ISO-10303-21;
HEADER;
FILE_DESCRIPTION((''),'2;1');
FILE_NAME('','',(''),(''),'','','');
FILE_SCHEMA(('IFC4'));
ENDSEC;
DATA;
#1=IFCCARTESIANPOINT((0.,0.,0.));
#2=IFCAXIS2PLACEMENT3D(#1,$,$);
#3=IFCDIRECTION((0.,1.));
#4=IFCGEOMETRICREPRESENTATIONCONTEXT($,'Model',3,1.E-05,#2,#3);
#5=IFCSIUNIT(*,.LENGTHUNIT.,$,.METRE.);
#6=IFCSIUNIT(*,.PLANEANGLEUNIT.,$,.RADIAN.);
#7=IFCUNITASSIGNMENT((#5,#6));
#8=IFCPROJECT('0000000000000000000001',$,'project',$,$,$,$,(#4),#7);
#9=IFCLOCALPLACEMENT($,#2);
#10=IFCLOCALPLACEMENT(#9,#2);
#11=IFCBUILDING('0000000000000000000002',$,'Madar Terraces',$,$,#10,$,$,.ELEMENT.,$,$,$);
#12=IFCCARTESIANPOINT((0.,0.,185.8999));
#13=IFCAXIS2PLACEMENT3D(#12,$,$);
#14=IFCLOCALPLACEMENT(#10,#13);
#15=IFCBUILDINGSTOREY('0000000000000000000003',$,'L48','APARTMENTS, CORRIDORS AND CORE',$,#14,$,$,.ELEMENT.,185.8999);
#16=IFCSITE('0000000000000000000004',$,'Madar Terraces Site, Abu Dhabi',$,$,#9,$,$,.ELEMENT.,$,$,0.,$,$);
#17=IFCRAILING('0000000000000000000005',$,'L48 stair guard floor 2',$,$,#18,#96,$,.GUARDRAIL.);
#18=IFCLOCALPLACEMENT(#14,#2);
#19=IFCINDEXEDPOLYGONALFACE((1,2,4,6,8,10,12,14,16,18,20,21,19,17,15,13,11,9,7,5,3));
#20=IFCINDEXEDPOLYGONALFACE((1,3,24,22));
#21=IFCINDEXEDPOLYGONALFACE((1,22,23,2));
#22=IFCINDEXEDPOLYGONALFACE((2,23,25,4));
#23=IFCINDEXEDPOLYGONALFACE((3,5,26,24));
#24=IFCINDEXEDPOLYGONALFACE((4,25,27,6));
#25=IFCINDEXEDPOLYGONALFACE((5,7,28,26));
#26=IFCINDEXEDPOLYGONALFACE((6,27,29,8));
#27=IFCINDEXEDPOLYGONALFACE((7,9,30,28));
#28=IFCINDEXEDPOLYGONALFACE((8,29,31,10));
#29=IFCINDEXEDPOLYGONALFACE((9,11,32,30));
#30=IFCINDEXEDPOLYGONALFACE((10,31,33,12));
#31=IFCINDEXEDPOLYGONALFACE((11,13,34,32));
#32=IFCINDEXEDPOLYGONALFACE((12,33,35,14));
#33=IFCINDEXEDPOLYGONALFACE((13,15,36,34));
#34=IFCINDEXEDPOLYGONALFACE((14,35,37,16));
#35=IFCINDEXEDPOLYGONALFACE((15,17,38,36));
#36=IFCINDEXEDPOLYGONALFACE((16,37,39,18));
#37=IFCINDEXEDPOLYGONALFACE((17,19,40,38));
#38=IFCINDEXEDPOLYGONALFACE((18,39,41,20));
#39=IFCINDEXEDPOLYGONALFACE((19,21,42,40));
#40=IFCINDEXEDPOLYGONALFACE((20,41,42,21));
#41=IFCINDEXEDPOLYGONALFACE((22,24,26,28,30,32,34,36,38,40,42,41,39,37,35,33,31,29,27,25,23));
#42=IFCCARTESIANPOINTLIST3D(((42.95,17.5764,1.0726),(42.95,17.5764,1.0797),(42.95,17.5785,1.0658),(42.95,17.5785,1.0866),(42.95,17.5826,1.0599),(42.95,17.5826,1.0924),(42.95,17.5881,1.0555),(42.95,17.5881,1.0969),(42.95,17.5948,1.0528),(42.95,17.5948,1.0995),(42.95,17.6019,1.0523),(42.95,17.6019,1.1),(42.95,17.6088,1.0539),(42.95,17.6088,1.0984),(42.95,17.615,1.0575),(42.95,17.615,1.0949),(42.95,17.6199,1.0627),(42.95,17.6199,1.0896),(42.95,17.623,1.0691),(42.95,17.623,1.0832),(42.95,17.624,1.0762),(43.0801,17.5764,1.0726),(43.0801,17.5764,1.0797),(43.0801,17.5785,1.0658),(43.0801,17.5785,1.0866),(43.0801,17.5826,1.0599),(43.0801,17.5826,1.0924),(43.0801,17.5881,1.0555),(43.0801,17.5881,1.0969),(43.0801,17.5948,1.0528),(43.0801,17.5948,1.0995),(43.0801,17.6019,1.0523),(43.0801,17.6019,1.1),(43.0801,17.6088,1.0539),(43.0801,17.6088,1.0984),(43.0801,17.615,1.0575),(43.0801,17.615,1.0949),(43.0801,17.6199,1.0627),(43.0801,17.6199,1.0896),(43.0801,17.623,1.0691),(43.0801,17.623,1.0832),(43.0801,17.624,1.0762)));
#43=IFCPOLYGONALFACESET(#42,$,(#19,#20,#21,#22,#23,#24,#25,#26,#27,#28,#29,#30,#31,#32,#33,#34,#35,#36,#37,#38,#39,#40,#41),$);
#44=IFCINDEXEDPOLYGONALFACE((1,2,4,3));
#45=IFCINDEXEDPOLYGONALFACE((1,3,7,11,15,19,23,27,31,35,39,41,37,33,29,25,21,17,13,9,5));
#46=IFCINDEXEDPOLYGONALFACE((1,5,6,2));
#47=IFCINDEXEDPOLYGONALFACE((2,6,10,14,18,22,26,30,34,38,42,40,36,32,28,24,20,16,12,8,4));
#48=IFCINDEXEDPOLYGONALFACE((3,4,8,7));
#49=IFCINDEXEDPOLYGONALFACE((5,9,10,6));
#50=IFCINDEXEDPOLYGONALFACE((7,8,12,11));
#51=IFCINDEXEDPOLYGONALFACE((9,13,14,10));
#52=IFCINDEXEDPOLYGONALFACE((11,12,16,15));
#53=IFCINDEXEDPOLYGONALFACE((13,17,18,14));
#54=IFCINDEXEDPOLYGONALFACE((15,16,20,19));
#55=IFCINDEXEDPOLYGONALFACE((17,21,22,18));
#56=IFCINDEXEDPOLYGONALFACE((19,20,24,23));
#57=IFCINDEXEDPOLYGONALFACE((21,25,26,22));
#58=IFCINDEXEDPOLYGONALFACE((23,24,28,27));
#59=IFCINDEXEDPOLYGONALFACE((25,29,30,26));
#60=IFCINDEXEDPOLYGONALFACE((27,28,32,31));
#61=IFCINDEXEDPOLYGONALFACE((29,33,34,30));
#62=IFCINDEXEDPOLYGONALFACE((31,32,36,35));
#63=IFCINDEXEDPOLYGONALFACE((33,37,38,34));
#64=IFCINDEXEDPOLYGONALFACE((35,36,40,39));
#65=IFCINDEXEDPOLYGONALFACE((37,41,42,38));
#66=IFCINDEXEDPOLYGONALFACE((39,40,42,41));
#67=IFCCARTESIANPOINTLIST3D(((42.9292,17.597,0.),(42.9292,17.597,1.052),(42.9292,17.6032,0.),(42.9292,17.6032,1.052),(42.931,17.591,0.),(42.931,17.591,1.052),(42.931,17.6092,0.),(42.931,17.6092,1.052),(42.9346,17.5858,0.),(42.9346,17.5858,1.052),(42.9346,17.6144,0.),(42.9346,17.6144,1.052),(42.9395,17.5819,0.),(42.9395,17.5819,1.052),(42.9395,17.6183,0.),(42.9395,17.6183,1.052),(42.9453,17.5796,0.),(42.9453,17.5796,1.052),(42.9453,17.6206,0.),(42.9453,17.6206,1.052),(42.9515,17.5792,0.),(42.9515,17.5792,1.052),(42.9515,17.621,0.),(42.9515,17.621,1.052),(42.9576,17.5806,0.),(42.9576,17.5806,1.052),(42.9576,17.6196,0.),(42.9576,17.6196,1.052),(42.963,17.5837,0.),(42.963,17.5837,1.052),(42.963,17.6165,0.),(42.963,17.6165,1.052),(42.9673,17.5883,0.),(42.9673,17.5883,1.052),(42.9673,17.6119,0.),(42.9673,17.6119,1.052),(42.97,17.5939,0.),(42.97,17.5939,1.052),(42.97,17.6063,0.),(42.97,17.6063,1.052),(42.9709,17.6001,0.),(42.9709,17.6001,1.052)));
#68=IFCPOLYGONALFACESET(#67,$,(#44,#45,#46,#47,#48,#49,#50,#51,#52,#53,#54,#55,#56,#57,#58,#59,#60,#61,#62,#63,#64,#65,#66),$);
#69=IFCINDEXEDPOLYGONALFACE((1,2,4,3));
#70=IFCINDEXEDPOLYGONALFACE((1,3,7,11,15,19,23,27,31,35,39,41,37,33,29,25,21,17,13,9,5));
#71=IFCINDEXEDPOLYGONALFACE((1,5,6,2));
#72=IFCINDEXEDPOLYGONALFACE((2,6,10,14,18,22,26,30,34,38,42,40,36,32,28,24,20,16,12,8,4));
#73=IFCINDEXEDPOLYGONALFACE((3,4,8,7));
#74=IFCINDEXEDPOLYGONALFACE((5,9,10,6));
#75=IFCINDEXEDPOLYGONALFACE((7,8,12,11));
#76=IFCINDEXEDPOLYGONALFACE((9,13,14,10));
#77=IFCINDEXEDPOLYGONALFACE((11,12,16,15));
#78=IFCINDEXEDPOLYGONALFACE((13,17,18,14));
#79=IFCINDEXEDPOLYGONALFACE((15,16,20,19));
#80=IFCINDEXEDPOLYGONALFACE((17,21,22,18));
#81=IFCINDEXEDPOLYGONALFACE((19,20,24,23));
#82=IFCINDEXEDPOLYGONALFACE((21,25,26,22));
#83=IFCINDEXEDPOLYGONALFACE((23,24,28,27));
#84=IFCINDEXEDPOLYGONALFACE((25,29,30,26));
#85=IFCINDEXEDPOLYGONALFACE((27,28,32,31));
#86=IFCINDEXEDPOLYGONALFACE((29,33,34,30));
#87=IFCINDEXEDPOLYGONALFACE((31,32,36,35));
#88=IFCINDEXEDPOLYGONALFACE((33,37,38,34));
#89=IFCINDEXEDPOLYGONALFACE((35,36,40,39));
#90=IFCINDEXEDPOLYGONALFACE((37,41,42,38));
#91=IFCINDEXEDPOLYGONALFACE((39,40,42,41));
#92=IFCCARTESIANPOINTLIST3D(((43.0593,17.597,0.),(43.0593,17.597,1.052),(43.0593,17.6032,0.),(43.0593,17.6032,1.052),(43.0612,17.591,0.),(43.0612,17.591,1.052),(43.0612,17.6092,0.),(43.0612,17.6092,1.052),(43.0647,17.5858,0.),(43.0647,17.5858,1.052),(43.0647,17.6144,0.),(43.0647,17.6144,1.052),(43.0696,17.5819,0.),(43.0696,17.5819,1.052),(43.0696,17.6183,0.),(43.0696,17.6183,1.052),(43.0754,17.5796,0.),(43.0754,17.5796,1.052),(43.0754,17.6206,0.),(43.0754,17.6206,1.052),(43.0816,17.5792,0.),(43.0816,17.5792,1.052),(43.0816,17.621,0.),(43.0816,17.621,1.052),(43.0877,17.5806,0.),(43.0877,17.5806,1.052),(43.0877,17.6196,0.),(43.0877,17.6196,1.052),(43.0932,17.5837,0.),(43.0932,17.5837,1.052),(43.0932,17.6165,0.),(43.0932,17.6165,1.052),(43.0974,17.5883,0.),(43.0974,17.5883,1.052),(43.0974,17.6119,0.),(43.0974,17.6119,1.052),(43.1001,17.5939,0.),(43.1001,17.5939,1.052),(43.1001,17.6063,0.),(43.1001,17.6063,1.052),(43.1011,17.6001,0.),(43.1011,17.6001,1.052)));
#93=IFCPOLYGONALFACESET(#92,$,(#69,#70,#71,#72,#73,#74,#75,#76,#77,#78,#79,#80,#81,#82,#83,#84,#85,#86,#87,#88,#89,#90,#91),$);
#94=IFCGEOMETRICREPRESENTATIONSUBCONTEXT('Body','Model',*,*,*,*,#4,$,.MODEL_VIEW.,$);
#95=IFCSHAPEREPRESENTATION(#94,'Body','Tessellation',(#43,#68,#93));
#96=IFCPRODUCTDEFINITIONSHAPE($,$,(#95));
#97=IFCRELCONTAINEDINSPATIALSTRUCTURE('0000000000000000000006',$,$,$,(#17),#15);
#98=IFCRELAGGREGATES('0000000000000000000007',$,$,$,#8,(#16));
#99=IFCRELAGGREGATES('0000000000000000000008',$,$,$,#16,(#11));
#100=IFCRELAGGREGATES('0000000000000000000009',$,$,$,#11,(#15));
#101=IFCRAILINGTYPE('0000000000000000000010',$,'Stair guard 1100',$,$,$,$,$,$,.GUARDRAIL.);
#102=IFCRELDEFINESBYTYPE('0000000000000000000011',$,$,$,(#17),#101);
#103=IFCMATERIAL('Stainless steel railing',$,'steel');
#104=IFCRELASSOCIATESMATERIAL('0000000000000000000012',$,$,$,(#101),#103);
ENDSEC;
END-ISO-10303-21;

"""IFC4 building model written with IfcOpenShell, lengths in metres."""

from ifc_helpers import new_model, si_unit, direction, frame, origin, origin_2d, place, context, subcontext, project, spatial, circle, extrude, material, type_object, element, save


model = new_model("IFC4")

# Units and contexts
model_context = context("Model", 3, precision=1e-05, world=origin(), true_north=direction((0.0, 1.0)))
body_context = subcontext(model_context, "Body", "Model", "MODEL_VIEW")
ifc_project = project(units=[si_unit("LENGTHUNIT", "METRE"), si_unit("PLANEANGLEUNIT", "RADIAN")], contexts=[model_context])

# Site, building, storey
site_placement = place(None, origin())
site = spatial("IfcSite", under=ifc_project, at=site_placement, Name="Madar Terraces Site, Abu Dhabi", CompositionType="ELEMENT", RefElevation=0.0)
building_placement = place(site_placement, origin())
building = spatial("IfcBuilding", under=site, at=building_placement, Name="Madar Terraces", CompositionType="ELEMENT")
storey_placement = place(building_placement, frame((0.0, 0.0, 185.8999)))
storey = spatial("IfcBuildingStorey", under=building, at=storey_placement, Name="L48", Description="APARTMENTS, CORRIDORS AND CORE", CompositionType="ELEMENT", Elevation=185.8999)

# Railing
ifc_material_1 = material(Name="Stainless steel railing", Category="steel")
railing_type_1 = type_object("IfcRailingType", Name="Stair guard 1100", PredefinedType="GUARDRAIL", material=ifc_material_1)
railing_1_placement = place(storey_placement, frame((42.95, 17.6001, 0.0)))
element("IfcRailing", 1, at=railing_1_placement, inside=storey, type_object=railing_type_1, Name="L48 stair guard floor 2", PredefinedType="GUARDRAIL", context=body_context, shape_type="SweptSolid", body=[
    extrude(circle(Radius=0.0239, at=origin_2d()), frame((0.0, 0.0, 1.0762), z_axis=(1.0, 0.0, 0.0), x_axis=(0.0, 1.0, 0.0)), (0.0, 0.0, 1.0), 0.1301),
    extrude(circle(Radius=0.021, at=origin_2d()), origin(), (0.0, 0.0, 1.0), 1.052),
    extrude(circle(Radius=0.021, at=origin_2d()), frame((0.1301, 0.0, 0.0)), (0.0, 0.0, 1.0), 1.052),
])

save(model, "model.ifc")
